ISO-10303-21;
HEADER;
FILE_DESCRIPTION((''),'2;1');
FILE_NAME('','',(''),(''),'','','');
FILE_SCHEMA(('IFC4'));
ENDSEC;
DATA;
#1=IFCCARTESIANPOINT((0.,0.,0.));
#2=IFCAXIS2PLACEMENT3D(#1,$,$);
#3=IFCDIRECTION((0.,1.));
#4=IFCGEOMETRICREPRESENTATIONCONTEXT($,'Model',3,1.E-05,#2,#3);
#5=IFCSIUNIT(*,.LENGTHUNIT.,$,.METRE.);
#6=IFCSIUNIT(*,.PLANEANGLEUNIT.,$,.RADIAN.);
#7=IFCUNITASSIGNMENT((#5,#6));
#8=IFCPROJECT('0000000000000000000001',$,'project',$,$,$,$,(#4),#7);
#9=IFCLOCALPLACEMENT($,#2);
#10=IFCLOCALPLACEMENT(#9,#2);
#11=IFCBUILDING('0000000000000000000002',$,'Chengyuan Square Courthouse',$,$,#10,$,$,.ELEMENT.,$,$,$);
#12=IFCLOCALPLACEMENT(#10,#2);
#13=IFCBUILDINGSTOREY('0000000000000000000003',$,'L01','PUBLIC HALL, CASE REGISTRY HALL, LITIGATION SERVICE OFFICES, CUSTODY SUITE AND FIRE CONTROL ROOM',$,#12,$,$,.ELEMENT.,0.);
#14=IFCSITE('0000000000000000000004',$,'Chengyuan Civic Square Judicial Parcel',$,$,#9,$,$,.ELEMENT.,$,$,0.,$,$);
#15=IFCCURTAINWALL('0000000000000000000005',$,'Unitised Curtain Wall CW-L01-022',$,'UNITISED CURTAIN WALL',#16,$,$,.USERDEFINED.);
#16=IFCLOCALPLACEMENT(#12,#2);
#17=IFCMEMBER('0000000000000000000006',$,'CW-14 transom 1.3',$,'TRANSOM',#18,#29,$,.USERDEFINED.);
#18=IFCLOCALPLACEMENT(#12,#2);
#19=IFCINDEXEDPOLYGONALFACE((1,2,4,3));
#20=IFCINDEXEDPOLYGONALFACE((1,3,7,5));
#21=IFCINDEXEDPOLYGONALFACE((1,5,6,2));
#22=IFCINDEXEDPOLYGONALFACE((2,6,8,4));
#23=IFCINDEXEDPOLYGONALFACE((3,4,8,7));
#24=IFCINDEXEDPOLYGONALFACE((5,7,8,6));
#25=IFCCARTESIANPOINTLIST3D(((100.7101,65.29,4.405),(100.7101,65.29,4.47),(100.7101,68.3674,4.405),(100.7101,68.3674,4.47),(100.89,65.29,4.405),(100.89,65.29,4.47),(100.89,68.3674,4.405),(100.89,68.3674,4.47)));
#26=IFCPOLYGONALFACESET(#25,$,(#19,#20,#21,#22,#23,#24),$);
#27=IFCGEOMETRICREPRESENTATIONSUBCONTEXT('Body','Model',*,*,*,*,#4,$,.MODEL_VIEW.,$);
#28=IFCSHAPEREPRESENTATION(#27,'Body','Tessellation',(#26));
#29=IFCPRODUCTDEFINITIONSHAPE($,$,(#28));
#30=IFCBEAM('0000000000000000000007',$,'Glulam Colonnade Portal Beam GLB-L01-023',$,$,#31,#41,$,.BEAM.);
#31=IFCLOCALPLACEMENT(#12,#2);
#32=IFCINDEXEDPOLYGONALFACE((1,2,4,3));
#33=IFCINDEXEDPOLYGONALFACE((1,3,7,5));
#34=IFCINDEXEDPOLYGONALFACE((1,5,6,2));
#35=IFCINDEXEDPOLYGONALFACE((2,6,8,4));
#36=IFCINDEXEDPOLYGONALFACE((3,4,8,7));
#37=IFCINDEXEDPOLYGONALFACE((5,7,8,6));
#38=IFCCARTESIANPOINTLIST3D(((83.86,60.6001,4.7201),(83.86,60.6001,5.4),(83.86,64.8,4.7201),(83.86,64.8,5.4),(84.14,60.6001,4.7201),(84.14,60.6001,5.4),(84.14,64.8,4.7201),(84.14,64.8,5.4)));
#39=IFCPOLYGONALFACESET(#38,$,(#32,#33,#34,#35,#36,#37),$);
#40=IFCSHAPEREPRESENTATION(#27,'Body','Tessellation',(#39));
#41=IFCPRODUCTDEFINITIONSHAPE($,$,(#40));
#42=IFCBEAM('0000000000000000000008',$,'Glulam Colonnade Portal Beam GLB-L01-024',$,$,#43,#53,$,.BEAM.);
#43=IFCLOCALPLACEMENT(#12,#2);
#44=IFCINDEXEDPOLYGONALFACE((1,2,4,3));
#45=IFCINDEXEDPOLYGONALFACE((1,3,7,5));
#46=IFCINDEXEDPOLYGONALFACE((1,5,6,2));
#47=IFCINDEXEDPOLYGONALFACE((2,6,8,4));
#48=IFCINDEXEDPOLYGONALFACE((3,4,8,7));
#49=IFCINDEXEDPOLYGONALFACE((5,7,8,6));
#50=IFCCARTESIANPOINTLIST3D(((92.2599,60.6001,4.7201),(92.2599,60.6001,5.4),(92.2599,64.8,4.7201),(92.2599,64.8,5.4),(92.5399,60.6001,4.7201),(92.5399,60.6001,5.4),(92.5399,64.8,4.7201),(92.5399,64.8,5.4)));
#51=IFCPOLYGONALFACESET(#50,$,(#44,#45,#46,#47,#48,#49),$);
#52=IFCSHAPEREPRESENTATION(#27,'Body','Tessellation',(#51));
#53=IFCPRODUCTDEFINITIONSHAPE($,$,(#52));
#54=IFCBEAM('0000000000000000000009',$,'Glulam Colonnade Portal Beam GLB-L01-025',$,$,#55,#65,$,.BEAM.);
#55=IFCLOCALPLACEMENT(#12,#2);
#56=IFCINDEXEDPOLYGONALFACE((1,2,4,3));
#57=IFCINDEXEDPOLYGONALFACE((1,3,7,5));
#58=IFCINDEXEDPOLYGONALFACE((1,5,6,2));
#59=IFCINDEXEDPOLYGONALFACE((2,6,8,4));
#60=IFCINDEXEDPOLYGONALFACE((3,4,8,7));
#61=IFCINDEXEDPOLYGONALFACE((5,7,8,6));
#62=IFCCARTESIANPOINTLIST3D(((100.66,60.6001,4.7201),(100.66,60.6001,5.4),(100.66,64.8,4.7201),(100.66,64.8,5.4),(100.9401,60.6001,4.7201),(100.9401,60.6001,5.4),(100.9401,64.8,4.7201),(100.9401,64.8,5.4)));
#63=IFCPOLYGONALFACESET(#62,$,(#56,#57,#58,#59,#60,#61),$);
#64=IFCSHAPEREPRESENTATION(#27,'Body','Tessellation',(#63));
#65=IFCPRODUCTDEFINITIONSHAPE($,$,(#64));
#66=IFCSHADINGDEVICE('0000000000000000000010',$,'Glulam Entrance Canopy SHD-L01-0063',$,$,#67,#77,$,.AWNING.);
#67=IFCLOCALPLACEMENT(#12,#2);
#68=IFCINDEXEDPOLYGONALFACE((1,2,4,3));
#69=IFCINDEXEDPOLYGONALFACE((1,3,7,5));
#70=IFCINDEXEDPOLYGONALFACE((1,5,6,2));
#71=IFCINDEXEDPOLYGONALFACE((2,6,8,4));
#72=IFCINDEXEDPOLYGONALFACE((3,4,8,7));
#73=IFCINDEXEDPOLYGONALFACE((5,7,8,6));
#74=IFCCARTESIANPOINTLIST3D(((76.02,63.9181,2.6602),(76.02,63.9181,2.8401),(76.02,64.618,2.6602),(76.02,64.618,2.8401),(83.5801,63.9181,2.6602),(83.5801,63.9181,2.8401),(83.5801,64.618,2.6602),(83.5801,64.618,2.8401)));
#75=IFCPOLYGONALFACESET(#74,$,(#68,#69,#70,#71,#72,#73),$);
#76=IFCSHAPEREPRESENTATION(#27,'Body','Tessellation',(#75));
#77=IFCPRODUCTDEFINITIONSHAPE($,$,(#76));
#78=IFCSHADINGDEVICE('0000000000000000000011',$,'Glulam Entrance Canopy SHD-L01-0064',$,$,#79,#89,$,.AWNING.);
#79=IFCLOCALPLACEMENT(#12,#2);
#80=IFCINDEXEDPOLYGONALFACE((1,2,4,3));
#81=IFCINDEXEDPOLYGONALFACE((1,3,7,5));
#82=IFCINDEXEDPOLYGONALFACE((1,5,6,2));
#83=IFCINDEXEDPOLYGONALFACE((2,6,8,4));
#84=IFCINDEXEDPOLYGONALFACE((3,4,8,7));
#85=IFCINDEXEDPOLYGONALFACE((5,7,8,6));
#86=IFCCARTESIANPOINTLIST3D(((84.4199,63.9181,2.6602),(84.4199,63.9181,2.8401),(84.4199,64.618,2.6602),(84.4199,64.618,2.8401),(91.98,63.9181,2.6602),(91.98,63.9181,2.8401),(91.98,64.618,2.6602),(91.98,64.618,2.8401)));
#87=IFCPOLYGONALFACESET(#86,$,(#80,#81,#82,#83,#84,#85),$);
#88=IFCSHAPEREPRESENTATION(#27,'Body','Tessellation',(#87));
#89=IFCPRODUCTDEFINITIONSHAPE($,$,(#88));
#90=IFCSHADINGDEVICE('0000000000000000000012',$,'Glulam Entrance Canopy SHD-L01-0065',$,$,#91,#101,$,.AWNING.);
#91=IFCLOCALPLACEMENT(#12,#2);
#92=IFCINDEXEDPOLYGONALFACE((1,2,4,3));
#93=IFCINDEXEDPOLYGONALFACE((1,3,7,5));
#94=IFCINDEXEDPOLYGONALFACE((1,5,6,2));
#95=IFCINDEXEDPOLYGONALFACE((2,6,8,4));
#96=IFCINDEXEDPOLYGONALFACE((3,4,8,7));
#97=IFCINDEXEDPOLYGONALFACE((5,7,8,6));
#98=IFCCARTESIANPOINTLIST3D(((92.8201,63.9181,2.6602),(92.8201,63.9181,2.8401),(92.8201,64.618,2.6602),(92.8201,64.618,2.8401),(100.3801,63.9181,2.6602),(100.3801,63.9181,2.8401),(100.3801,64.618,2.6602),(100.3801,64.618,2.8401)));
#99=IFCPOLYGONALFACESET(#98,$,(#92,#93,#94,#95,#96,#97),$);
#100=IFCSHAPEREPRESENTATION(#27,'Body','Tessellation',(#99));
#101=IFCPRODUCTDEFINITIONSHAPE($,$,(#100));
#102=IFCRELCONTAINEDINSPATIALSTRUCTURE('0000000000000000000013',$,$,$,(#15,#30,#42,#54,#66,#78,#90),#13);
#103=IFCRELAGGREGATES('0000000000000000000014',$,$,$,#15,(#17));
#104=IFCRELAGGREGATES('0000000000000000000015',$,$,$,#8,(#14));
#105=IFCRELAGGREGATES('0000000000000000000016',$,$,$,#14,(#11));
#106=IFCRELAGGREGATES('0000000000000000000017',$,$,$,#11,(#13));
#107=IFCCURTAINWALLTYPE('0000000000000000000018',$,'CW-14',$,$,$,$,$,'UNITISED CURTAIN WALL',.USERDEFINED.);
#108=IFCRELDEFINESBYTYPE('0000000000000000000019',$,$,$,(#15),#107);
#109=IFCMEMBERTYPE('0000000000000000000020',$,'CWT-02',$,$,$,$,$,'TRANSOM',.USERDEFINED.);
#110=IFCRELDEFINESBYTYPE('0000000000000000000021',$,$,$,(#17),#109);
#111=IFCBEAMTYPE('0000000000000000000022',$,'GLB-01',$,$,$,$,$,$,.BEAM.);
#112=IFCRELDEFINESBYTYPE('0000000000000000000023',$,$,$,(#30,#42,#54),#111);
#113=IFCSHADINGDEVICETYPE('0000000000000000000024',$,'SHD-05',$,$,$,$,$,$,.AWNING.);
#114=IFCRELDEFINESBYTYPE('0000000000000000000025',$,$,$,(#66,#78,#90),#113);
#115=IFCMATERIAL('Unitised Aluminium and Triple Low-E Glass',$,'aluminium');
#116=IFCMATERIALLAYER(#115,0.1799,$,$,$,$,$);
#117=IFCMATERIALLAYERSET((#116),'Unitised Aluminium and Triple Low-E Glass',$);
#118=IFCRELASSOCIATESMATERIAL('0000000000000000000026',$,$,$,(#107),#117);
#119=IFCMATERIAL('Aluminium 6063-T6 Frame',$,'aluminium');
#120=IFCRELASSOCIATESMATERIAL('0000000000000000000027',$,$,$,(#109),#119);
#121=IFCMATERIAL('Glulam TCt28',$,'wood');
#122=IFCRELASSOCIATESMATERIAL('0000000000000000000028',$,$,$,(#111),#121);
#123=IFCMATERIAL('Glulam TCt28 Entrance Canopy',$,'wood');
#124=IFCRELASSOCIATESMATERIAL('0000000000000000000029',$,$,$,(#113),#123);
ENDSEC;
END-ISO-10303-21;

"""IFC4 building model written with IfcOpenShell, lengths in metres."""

from ifc_helpers import new_model, si_unit, direction, frame, origin, origin_2d, place, context, subcontext, project, spatial, rectangle, extrude, material, layer, layer_set, material_profile, profile_set, type_object, element, aggregate, save


model = new_model("IFC4")

# Units and contexts
model_context = context("Model", 3, precision=1e-05, world=origin(), true_north=direction((0.0, 1.0)))
body_context = subcontext(model_context, "Body", "Model", "MODEL_VIEW")
ifc_project = project(units=[si_unit("LENGTHUNIT", "METRE"), si_unit("PLANEANGLEUNIT", "RADIAN")], contexts=[model_context])

# Site, building, storey
site_placement = place(None, origin())
site = spatial("IfcSite", under=ifc_project, at=site_placement, Name="Chengyuan Civic Square Judicial Parcel", CompositionType="ELEMENT", RefElevation=0.0)
building_placement = place(site_placement, origin())
building = spatial("IfcBuilding", under=site, at=building_placement, Name="Chengyuan Square Courthouse", CompositionType="ELEMENT")
storey_placement = place(building_placement, origin())
storey = spatial("IfcBuildingStorey", under=building, at=storey_placement, Name="L01", Description="PUBLIC HALL, CASE REGISTRY HALL, LITIGATION SERVICE OFFICES, CUSTODY SUITE AND FIRE CONTROL ROOM", CompositionType="ELEMENT", Elevation=0.0)

# Shared definitions
ifc_material_1 = material(Name="Glulam TCt28", Category="wood")

# Curtain wall, member
ifc_material_2 = material(Name="Unitised Aluminium and Triple Low-E Glass", Category="aluminium")
ifc_layer_1 = layer(ifc_material_2, 0.1799)
ifc_layer_set_1 = layer_set([ifc_layer_1], Name="Unitised Aluminium and Triple Low-E Glass")
curtain_wall_type = type_object("IfcCurtainWallType", Name="CW-14", ElementType="UNITISED CURTAIN WALL", PredefinedType="USERDEFINED", material=ifc_layer_set_1)
curtain_wall_placement = place(storey_placement, origin())
curtain_wall = element("IfcCurtainWall", 1, at=curtain_wall_placement, inside=storey, type_object=curtain_wall_type, Name="Unitised Curtain Wall CW-L01-022", ObjectType="UNITISED CURTAIN WALL", PredefinedType="USERDEFINED")
ifc_material_3 = material(Name="Aluminium 6063-T6 Frame", Category="aluminium")
ifc_material_profile_1 = material_profile(ifc_material_3, rectangle(XDim=0.1799, YDim=0.0649, at=origin_2d()), Name="CW-TRN-65x140")
ifc_profile_set_1 = profile_set([ifc_material_profile_1], Name="Aluminium 6063-T6 Frame")
member_type_1 = type_object("IfcMemberType", Name="CWT-02", ElementType="TRANSOM", PredefinedType="USERDEFINED", material=ifc_profile_set_1)
member_1_placement = place(storey_placement, frame((100.8, 65.29, 4.4375), z_axis=(0.0, 1.0, 0.0), x_axis=(-1.0, 0.0, 0.0)))
member_1 = element("IfcMember", 2, at=member_1_placement, type_object=member_type_1, Name="CW-14 transom 1.3", ObjectType="TRANSOM", PredefinedType="USERDEFINED", context=body_context, shape_type="SweptSolid", body=[
    extrude(rectangle(XDim=0.1799, YDim=0.0649, at=origin_2d()), origin(), (0.0, 0.0, 1.0), 3.0774),
])
aggregate(curtain_wall, [member_1])

# Beams
ifc_material_profile_2 = material_profile(ifc_material_1, rectangle(XDim=0.28, YDim=0.6799, at=origin_2d()), Name="GL-BM-280x680")
ifc_profile_set_2 = profile_set([ifc_material_profile_2], Name="Glulam TCt28")
beam_type_1 = type_object("IfcBeamType", Name="GLB-01", PredefinedType="BEAM", material=ifc_profile_set_2)
for number, where, z_axis, x_axis, name in (
    (3, (84.0, 64.8, 5.0601), (0.0, -1.0, 0.0), (1.0, 0.0, 0.0), "Glulam Colonnade Portal Beam GLB-L01-023"),
    (4, (92.3999, 64.8, 5.0601), (0.0, -1.0, 0.0), (1.0, 0.0, 0.0), "Glulam Colonnade Portal Beam GLB-L01-024"),
    (5, (100.8, 64.8, 5.0601), (0.0, -1.0, 0.0), (1.0, 0.0, 0.0), "Glulam Colonnade Portal Beam GLB-L01-025"),
):
    element("IfcBeam", number, at=place(storey_placement, frame(where, z_axis=z_axis, x_axis=x_axis)), inside=storey, type_object=beam_type_1, Name=name, PredefinedType="BEAM", context=body_context, shape_type="SweptSolid", body=[
        extrude(rectangle(XDim=0.28, YDim=0.6799, at=origin_2d()), origin(), (0.0, 0.0, 1.0), 4.2),
    ])

# Shading devices
ifc_material_4 = material(Name="Glulam TCt28 Entrance Canopy", Category="wood")
shading_device_type = type_object("IfcShadingDeviceType", Name="SHD-05", PredefinedType="AWNING", material=ifc_material_4)
for number, where, z_axis, x_axis, name in (
    (6, (79.8, 64.2681, 2.6602), (0.0, 0.0, 1.0), (1.0, 0.0, 0.0), "Glulam Entrance Canopy SHD-L01-0063"),
    (7, (88.2, 64.2681, 2.6602), (0.0, 0.0, 1.0), (1.0, 0.0, 0.0), "Glulam Entrance Canopy SHD-L01-0064"),
    (8, (96.6001, 64.2681, 2.6602), (0.0, 0.0, 1.0), (1.0, 0.0, 0.0), "Glulam Entrance Canopy SHD-L01-0065"),
):
    element("IfcShadingDevice", number, at=place(storey_placement, frame(where, z_axis=z_axis, x_axis=x_axis)), inside=storey, type_object=shading_device_type, Name=name, PredefinedType="AWNING", context=body_context, shape_type="SweptSolid", body=[
        extrude(rectangle(XDim=7.5601, YDim=0.7, at=origin_2d()), origin(), (0.0, 0.0, 1.0), 0.1799),
    ])

save(model, "model.ifc")
